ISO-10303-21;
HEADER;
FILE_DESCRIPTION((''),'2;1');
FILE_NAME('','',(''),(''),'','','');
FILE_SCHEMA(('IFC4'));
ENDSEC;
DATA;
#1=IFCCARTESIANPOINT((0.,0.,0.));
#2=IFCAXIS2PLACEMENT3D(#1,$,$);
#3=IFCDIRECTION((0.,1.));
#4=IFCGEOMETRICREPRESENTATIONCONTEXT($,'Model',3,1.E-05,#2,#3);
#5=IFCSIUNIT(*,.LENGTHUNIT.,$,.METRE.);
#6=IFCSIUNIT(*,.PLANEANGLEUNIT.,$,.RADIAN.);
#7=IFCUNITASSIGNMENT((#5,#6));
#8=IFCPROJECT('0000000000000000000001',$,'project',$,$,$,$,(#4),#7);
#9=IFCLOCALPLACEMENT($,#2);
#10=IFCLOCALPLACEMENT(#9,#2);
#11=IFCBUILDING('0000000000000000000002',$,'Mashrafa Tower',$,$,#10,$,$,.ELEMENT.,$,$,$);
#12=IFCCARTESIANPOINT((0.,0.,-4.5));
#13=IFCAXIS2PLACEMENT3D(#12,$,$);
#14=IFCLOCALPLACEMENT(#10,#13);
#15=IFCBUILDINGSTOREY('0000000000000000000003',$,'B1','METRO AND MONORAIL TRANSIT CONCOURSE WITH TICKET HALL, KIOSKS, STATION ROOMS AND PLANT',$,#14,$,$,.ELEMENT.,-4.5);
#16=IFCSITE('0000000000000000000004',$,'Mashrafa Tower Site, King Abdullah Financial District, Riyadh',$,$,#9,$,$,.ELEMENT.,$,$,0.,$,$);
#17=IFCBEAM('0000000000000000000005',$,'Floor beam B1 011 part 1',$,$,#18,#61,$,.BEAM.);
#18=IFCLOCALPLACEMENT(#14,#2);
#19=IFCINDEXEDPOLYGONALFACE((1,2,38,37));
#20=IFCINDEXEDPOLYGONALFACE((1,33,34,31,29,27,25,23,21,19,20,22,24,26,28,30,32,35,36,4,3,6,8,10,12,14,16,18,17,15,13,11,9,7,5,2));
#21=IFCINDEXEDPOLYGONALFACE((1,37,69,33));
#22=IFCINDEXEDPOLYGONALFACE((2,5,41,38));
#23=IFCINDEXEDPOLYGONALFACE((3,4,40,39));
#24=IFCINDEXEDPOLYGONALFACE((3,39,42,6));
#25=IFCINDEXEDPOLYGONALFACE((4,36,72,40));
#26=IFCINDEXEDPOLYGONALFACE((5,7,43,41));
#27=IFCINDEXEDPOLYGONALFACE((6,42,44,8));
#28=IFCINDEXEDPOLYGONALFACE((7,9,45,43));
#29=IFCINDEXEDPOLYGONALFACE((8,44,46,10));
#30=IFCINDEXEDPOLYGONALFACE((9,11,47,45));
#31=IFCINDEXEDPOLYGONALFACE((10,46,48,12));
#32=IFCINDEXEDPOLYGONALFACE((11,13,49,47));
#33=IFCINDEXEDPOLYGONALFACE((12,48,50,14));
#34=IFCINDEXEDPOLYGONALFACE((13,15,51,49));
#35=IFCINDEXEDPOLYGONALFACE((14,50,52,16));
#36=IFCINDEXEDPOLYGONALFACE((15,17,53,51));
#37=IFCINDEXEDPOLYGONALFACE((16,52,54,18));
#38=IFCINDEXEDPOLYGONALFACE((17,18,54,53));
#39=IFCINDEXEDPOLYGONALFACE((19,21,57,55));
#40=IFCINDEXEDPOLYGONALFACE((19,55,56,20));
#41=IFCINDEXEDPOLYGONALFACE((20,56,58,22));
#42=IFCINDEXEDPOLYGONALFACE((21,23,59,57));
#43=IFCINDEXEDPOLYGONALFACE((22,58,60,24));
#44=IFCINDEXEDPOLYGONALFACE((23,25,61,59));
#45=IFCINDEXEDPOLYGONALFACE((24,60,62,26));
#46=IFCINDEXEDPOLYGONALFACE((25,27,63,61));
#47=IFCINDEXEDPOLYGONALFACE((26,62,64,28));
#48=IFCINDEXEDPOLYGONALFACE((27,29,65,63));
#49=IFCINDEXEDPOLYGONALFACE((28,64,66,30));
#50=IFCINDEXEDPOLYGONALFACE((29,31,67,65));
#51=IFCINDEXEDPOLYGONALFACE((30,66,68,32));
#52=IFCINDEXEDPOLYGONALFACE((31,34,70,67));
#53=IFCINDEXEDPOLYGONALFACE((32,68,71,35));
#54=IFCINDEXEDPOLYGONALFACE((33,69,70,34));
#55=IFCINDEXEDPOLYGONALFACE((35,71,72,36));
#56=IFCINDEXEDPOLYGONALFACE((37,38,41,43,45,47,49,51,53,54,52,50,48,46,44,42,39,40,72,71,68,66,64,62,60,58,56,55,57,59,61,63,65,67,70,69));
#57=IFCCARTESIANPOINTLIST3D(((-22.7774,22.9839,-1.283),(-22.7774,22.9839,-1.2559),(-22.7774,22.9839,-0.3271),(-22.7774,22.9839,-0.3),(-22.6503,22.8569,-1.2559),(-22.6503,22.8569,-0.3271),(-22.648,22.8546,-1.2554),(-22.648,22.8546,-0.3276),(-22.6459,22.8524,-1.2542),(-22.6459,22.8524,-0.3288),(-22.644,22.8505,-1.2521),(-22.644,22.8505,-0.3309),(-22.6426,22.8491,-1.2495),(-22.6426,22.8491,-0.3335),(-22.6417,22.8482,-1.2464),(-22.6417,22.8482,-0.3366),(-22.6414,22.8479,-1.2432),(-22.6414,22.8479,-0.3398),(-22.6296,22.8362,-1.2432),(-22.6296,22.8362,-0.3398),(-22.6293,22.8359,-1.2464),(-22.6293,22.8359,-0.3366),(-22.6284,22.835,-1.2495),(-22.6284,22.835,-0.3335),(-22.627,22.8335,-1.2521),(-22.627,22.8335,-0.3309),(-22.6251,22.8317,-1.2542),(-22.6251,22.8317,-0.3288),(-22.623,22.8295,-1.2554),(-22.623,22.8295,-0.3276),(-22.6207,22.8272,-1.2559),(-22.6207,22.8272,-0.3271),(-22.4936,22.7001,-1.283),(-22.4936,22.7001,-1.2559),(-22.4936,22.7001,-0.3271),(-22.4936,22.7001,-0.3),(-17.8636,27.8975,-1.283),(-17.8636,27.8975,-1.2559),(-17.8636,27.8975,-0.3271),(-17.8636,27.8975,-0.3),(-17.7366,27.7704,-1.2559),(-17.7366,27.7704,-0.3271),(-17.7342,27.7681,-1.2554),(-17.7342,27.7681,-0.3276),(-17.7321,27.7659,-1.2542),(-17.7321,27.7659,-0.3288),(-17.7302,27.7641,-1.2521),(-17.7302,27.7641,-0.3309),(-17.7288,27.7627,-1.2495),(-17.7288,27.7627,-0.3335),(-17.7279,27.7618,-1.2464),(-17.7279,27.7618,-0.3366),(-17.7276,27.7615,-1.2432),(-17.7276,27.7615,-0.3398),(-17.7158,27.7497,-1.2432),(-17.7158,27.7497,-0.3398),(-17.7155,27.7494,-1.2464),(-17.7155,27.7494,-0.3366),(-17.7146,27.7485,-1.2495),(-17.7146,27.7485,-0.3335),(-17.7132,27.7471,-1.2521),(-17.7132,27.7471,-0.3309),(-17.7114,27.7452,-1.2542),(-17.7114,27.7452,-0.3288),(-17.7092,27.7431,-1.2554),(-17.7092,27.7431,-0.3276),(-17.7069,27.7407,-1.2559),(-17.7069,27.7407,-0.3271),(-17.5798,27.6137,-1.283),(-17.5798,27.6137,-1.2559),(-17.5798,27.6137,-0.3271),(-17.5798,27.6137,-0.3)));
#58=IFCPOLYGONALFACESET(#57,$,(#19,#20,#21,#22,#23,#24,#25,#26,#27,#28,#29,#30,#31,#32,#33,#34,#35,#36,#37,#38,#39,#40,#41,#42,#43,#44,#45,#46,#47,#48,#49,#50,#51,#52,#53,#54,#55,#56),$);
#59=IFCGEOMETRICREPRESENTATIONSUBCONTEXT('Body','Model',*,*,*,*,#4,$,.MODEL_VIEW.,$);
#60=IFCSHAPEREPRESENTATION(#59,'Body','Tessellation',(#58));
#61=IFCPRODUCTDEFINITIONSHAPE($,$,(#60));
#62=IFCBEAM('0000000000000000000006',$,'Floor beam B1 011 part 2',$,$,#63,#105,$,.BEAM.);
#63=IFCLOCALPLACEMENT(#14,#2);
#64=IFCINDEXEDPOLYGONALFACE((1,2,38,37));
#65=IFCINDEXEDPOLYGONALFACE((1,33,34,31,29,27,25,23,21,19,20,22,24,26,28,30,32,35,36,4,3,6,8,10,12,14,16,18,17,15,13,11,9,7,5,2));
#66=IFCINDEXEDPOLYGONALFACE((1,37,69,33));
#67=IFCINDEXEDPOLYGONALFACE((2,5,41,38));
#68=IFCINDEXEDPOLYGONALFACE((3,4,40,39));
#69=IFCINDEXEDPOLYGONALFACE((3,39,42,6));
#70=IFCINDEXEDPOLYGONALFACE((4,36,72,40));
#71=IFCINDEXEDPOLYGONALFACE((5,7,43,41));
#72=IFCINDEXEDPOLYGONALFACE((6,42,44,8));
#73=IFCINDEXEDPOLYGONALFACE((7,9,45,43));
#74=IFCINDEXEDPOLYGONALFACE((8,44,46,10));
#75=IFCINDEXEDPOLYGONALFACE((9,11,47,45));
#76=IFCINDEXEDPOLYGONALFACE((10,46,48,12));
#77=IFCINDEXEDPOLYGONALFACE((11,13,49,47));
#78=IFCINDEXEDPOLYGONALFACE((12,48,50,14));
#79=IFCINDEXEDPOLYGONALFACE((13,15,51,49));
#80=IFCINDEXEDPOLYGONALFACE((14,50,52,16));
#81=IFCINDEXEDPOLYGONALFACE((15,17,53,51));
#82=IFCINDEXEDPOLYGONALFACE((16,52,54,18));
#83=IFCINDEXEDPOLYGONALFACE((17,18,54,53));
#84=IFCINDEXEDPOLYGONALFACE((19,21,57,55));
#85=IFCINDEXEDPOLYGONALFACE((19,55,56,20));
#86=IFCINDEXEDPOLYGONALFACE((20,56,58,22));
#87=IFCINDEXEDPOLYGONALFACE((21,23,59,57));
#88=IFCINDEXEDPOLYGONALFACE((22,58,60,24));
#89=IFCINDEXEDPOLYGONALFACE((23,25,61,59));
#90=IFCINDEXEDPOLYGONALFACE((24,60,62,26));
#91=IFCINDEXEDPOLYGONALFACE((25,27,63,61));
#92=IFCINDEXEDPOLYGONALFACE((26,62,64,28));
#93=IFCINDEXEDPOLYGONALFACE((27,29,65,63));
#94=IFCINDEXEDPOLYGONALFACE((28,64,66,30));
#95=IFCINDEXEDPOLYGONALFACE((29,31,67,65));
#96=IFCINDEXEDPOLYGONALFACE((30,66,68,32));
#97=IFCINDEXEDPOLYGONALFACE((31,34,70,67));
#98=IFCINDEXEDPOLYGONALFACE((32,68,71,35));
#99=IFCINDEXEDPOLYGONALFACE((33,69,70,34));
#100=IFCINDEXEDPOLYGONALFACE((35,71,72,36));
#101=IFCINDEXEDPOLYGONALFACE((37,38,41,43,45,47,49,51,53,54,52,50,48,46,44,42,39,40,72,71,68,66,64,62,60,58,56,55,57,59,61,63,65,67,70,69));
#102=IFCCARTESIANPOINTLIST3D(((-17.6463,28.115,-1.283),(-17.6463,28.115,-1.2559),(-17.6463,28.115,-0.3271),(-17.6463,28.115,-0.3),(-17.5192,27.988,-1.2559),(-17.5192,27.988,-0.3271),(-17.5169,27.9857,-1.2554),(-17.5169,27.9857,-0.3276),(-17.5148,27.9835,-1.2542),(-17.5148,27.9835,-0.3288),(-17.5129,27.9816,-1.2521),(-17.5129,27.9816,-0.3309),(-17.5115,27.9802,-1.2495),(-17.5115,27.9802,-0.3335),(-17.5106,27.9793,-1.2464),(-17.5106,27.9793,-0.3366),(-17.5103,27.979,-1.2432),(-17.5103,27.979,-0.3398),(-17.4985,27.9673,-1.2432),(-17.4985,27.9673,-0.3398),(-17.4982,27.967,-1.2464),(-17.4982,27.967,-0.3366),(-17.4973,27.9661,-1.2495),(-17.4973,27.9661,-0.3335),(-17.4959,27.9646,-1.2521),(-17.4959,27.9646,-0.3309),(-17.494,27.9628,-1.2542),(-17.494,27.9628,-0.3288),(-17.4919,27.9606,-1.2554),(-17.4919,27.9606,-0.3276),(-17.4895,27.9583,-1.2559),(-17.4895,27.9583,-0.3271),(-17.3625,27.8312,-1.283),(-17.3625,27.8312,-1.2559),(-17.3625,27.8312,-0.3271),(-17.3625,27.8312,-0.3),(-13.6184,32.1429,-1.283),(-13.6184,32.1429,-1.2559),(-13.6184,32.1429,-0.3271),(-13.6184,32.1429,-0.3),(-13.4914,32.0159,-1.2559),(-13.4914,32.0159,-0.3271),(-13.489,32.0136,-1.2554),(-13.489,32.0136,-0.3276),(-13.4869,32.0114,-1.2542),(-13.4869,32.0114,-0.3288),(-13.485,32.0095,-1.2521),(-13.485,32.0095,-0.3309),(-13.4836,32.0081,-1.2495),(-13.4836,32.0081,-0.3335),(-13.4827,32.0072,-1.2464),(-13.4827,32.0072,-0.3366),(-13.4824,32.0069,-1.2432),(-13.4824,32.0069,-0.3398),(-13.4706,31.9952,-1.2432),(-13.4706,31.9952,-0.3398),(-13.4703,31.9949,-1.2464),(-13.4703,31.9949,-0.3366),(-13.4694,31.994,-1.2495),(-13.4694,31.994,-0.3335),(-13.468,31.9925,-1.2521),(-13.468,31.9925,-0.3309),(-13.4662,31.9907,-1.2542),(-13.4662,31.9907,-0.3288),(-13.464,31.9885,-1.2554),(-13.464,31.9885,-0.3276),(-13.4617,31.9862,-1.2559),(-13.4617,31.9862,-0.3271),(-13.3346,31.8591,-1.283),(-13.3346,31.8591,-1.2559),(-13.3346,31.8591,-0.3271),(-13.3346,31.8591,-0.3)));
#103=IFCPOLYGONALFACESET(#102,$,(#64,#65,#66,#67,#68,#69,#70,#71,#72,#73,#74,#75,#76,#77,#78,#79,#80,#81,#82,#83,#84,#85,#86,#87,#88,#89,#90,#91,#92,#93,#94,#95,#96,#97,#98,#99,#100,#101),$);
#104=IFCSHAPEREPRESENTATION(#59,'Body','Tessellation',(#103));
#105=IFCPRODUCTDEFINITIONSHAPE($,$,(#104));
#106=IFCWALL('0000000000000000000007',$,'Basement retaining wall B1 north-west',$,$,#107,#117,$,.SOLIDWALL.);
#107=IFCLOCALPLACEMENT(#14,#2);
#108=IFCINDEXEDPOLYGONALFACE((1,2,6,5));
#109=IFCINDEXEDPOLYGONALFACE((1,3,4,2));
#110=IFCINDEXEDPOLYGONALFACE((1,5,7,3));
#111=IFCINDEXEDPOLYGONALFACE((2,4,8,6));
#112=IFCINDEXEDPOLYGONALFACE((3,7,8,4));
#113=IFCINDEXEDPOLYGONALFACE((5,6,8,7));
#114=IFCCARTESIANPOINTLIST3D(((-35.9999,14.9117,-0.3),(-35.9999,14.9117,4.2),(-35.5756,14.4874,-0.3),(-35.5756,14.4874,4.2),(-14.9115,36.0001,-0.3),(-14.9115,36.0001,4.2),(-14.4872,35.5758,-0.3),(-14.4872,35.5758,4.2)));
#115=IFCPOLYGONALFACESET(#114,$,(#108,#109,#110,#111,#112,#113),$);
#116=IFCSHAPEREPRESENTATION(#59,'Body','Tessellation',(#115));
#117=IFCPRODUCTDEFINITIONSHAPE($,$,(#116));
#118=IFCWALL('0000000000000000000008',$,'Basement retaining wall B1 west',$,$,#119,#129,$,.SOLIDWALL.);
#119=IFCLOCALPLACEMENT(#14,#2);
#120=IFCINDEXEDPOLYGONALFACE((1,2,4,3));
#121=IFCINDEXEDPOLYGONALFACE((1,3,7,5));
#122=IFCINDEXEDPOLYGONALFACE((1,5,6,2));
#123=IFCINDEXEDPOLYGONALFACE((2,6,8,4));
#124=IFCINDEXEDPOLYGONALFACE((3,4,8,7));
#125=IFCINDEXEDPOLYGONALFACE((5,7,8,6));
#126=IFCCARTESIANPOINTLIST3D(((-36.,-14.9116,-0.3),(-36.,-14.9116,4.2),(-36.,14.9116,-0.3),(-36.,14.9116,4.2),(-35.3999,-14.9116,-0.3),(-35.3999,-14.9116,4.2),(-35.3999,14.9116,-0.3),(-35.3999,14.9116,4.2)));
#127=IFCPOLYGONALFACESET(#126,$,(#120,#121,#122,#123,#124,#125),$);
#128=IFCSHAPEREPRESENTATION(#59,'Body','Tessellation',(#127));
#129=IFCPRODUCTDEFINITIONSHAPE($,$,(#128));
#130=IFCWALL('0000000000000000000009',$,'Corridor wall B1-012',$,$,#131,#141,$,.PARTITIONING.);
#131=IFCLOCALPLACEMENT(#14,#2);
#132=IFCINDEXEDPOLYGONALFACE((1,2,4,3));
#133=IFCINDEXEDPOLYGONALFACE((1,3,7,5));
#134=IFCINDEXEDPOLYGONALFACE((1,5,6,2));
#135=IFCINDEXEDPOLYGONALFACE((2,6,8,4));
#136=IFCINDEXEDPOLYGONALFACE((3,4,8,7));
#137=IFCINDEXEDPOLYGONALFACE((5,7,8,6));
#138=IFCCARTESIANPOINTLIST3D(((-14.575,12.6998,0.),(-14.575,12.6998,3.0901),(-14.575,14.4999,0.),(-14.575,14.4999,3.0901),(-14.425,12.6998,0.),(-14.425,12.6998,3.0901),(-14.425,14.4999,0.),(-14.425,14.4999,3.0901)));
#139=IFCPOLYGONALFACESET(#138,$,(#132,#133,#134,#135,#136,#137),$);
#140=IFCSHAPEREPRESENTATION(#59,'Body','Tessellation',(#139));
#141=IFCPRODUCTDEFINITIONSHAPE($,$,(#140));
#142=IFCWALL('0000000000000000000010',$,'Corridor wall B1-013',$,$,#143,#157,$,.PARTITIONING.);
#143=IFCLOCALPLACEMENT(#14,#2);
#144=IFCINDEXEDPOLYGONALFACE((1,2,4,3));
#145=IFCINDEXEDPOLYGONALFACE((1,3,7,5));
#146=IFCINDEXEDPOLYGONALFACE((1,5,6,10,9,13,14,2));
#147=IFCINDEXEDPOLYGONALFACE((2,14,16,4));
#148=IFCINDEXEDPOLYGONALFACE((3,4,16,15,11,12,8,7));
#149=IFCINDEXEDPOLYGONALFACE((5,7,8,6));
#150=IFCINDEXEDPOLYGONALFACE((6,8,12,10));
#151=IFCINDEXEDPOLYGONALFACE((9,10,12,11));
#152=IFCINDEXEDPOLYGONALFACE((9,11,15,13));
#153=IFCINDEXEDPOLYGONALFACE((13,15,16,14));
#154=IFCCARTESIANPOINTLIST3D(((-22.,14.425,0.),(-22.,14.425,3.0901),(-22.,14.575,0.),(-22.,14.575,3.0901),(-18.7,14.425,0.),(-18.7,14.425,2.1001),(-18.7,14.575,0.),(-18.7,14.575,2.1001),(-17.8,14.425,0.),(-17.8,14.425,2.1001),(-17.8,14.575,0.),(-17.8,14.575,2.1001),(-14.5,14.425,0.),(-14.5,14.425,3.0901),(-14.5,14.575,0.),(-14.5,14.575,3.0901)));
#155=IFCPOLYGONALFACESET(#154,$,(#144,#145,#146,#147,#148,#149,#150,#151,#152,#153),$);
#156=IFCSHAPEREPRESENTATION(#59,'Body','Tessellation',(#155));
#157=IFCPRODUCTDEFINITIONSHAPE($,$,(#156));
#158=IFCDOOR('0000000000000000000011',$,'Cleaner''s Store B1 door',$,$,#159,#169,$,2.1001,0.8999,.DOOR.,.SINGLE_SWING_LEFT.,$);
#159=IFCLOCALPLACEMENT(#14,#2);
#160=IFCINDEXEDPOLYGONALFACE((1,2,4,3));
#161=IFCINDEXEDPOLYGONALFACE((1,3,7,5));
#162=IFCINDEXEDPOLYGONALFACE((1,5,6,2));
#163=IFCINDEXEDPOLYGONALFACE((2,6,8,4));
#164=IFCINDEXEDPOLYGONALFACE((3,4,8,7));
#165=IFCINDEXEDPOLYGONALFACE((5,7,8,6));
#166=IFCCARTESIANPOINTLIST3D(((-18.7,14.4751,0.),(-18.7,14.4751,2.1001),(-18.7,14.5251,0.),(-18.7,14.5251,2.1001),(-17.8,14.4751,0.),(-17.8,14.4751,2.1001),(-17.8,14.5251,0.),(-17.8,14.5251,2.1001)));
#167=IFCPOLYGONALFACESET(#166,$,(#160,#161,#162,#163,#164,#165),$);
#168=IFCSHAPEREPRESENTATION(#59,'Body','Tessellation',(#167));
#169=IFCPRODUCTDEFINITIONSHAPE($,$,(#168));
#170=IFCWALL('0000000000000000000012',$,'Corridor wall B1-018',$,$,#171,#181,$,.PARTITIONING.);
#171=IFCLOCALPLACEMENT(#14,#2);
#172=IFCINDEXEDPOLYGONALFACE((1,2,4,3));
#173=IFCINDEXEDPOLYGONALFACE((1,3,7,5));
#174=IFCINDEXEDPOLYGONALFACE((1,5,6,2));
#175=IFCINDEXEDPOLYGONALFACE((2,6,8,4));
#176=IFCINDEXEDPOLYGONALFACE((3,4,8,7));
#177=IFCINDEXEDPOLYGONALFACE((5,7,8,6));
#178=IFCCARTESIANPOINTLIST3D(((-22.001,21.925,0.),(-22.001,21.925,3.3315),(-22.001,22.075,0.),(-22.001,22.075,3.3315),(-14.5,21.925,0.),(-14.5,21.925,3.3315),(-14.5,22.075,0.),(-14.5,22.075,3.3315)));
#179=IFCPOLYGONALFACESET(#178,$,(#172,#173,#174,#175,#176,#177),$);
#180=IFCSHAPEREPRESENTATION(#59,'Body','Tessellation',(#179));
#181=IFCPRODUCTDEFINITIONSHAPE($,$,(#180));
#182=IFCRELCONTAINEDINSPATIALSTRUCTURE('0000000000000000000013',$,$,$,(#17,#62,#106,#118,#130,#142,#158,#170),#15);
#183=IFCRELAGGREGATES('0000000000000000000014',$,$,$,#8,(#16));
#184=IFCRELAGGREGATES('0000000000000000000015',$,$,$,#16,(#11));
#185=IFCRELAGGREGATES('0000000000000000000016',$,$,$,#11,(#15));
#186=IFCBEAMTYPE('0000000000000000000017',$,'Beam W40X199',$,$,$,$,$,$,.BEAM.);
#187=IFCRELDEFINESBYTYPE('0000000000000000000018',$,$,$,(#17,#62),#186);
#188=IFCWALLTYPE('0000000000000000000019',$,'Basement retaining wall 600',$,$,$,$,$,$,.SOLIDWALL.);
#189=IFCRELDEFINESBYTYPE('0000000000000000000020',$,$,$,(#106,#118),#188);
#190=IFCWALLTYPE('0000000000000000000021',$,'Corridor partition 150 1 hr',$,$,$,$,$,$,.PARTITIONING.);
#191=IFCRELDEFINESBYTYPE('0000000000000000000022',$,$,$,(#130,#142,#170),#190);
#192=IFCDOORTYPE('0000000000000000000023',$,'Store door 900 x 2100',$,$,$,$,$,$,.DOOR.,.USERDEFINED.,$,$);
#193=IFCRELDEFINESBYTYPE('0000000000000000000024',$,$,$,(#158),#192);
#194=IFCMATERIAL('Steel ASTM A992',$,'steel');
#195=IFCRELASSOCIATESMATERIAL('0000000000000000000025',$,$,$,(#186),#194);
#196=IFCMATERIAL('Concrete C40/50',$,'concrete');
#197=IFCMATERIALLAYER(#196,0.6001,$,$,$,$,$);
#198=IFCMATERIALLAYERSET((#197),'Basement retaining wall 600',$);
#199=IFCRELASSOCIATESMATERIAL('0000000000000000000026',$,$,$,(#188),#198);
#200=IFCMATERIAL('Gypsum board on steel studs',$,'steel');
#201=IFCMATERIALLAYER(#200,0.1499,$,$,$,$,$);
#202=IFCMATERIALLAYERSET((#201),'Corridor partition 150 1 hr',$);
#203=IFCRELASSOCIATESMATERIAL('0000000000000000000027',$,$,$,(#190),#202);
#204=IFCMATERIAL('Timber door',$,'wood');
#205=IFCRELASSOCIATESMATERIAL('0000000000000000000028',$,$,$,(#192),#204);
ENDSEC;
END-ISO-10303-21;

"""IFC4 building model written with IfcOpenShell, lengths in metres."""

from ifc_helpers import new_model, si_unit, direction, frame, frame_2d, origin, origin_2d, place, context, subcontext, project, spatial, rectangle, i_section, extrude, material, layer, layer_set, material_profile, profile_set, type_object, element, fill, save


model = new_model("IFC4")

# Units and contexts
model_context = context("Model", 3, precision=1e-05, world=origin(), true_north=direction((0.0, 1.0)))
body_context = subcontext(model_context, "Body", "Model", "MODEL_VIEW")
ifc_project = project(units=[si_unit("LENGTHUNIT", "METRE"), si_unit("PLANEANGLEUNIT", "RADIAN")], contexts=[model_context])

# Site, building, storey
site_placement = place(None, origin())
site = spatial("IfcSite", under=ifc_project, at=site_placement, Name="Mashrafa Tower Site, King Abdullah Financial District, Riyadh", CompositionType="ELEMENT", RefElevation=0.0)
building_placement = place(site_placement, origin())
building = spatial("IfcBuilding", under=site, at=building_placement, Name="Mashrafa Tower", CompositionType="ELEMENT")
storey_placement = place(building_placement, frame((0.0, 0.0, -4.5)))
storey = spatial("IfcBuildingStorey", under=building, at=storey_placement, Name="B1", Description="METRO AND MONORAIL TRANSIT CONCOURSE WITH TICKET HALL, KIOSKS, STATION ROOMS AND PLANT", CompositionType="ELEMENT", Elevation=-4.5)

# Beams
ifc_material_1 = material(Name="Steel ASTM A992", Category="steel")
ifc_material_profile_1 = material_profile(ifc_material_1, i_section(OverallWidth=0.4014, OverallDepth=0.9829, WebThickness=0.0166, FlangeThickness=0.0271, FilletRadius=0.0127, at=origin_2d()), Name="W40X199")
ifc_profile_set_1 = profile_set([ifc_material_profile_1], Name="Steel ASTM A992")
beam_type_1 = type_object("IfcBeamType", Name="Beam W40X199", PredefinedType="BEAM", material=ifc_profile_set_1)
beam_1_placement = place(storey_placement, frame((-22.6355, 22.842, -0.7915), z_axis=(0.707124, 0.707089, 0.0), x_axis=(-0.707089, 0.707124, 0.0)))
element("IfcBeam", 1, at=beam_1_placement, inside=storey, type_object=beam_type_1, Name="Floor beam B1 011 part 1", PredefinedType="BEAM", context=body_context, shape_type="SweptSolid", body=[
    extrude(i_section(OverallWidth=0.4014, OverallDepth=0.9829, WebThickness=0.0166, FlangeThickness=0.0271, FilletRadius=0.0127, at=origin_2d()), origin(), (0.0, 0.0, 1.0), 6.949),
])
beam_2_placement = place(storey_placement, frame((-17.5044, 27.9731, -0.7915), z_axis=(0.707107, 0.707107, 0.0), x_axis=(-0.707107, 0.707107, 0.0)))
element("IfcBeam", 2, at=beam_2_placement, inside=storey, type_object=beam_type_1, Name="Floor beam B1 011 part 2", PredefinedType="BEAM", context=body_context, shape_type="SweptSolid", body=[
    extrude(i_section(OverallWidth=0.4014, OverallDepth=0.9829, WebThickness=0.0166, FlangeThickness=0.0271, FilletRadius=0.0127, at=origin_2d()), origin(), (0.0, 0.0, 1.0), 5.6963),
])

# Walls
ifc_material_2 = material(Name="Concrete C40/50", Category="concrete")
ifc_layer_1 = layer(ifc_material_2, 0.6001)
ifc_layer_set_1 = layer_set([ifc_layer_1], Name="Basement retaining wall 600")
wall_type_1 = type_object("IfcWallType", Name="Basement retaining wall 600", PredefinedType="SOLIDWALL", material=ifc_layer_set_1)
wall_1_placement = place(storey_placement, frame((-14.6995, 35.7878, -0.3), z_axis=(0.0, 0.0, 1.0), x_axis=(-0.707107, -0.707107, 0.0)))
element("IfcWall", 3, at=wall_1_placement, inside=storey, type_object=wall_type_1, Name="Basement retaining wall B1 north-west", PredefinedType="SOLIDWALL", context=body_context, shape_type="SweptSolid", body=[
    extrude(rectangle(XDim=29.8235, YDim=0.6001, at=frame_2d((14.9116, 0.0))), origin(), (0.0, 0.0, 1.0), 4.5),
])
wall_2_placement = place(storey_placement, frame((-35.7, 14.9116, -0.3), z_axis=(0.0, 0.0, 1.0), x_axis=(0.0, -1.0, 0.0)))
element("IfcWall", 4, at=wall_2_placement, inside=storey, type_object=wall_type_1, Name="Basement retaining wall B1 west", PredefinedType="SOLIDWALL", context=body_context, shape_type="SweptSolid", body=[
    extrude(rectangle(XDim=29.8232, YDim=0.6001, at=frame_2d((14.9116, 0.0))), origin(), (0.0, 0.0, 1.0), 4.5),
])
ifc_material_3 = material(Name="Gypsum board on steel studs", Category="steel")
ifc_layer_2 = layer(ifc_material_3, 0.1499)
ifc_layer_set_2 = layer_set([ifc_layer_2], Name="Corridor partition 150 1 hr")
wall_type_2 = type_object("IfcWallType", Name="Corridor partition 150 1 hr", PredefinedType="PARTITIONING", material=ifc_layer_set_2)
wall_3_placement = place(storey_placement, frame((-14.5, 12.7, 0.0), z_axis=(0.0, 0.0, 1.0), x_axis=(0.0, 1.0, 0.0)))
element("IfcWall", 5, at=wall_3_placement, inside=storey, type_object=wall_type_2, Name="Corridor wall B1-012", PredefinedType="PARTITIONING", context=body_context, shape_type="SweptSolid", body=[
    extrude(rectangle(XDim=1.8, YDim=0.1499, at=frame_2d((0.8999, 0.0))), origin(), (0.0, 0.0, 1.0), 3.0901),
])

# Wall, opening, door
wall_4_placement = place(storey_placement, frame((-14.5, 14.5, 0.0), z_axis=(0.0, 0.0, 1.0), x_axis=(-1.0, 0.0, 0.0)))
wall_4 = element("IfcWall", 6, at=wall_4_placement, inside=storey, type_object=wall_type_2, Name="Corridor wall B1-013", PredefinedType="PARTITIONING", context=body_context, shape_type="SweptSolid", body=[
    extrude(rectangle(XDim=7.5, YDim=0.1499, at=frame_2d((3.75, 0.0))), origin(), (0.0, 0.0, 1.0), 3.0901),
])
opening_1_placement = place(wall_4_placement, frame((3.3, 0.0, 0.0)))
opening_1 = element("IfcOpeningElement", 7, at=opening_1_placement, cuts=wall_4, PredefinedType="OPENING", context=body_context, shape_type="SweptSolid", body=[
    extrude(rectangle(XDim=0.8999, YDim=2.1001, at=frame_2d((0.45, 1.05))), frame((0.0, 0.085, 0.0), z_axis=(0.0, -1.0, 0.0), x_axis=(1.0, 0.0, 0.0)), (0.0, 0.0, 1.0), 0.1699),
])
ifc_material_4 = material(Name="Timber door", Category="wood")
door_type_1 = type_object("IfcDoorType", Name="Store door 900 x 2100", OperationType="USERDEFINED", PredefinedType="DOOR", material=ifc_material_4)
door_1_placement = place(opening_1_placement, origin())
door_1 = element("IfcDoor", 8, at=door_1_placement, inside=storey, type_object=door_type_1, Name="Cleaner's Store B1 door", OperationType="SINGLE_SWING_LEFT", OverallHeight=2.1001, OverallWidth=0.8999, PredefinedType="DOOR", context=body_context, shape_type="SweptSolid", body=[
    extrude(rectangle(XDim=0.8999, YDim=2.1001, at=frame_2d((0.45, 1.05))), frame((0.0, 0.0249, 0.0), z_axis=(0.0, -1.0, 0.0), x_axis=(1.0, 0.0, 0.0)), (0.0, 0.0, 1.0), 0.05),
])
fill(opening_1, door_1)

# Wall
wall_5_placement = place(storey_placement, frame((-22.001, 22.0, 0.0), z_axis=(0.0, 0.0, 1.0), x_axis=(1.0, 0.0, 0.0)))
element("IfcWall", 9, at=wall_5_placement, inside=storey, type_object=wall_type_2, Name="Corridor wall B1-018", PredefinedType="PARTITIONING", context=body_context, shape_type="SweptSolid", body=[
    extrude(rectangle(XDim=7.501, YDim=0.1499, at=frame_2d((3.7505, 0.0))), origin(), (0.0, 0.0, 1.0), 3.3315),
])

save(model, "model.ifc")
